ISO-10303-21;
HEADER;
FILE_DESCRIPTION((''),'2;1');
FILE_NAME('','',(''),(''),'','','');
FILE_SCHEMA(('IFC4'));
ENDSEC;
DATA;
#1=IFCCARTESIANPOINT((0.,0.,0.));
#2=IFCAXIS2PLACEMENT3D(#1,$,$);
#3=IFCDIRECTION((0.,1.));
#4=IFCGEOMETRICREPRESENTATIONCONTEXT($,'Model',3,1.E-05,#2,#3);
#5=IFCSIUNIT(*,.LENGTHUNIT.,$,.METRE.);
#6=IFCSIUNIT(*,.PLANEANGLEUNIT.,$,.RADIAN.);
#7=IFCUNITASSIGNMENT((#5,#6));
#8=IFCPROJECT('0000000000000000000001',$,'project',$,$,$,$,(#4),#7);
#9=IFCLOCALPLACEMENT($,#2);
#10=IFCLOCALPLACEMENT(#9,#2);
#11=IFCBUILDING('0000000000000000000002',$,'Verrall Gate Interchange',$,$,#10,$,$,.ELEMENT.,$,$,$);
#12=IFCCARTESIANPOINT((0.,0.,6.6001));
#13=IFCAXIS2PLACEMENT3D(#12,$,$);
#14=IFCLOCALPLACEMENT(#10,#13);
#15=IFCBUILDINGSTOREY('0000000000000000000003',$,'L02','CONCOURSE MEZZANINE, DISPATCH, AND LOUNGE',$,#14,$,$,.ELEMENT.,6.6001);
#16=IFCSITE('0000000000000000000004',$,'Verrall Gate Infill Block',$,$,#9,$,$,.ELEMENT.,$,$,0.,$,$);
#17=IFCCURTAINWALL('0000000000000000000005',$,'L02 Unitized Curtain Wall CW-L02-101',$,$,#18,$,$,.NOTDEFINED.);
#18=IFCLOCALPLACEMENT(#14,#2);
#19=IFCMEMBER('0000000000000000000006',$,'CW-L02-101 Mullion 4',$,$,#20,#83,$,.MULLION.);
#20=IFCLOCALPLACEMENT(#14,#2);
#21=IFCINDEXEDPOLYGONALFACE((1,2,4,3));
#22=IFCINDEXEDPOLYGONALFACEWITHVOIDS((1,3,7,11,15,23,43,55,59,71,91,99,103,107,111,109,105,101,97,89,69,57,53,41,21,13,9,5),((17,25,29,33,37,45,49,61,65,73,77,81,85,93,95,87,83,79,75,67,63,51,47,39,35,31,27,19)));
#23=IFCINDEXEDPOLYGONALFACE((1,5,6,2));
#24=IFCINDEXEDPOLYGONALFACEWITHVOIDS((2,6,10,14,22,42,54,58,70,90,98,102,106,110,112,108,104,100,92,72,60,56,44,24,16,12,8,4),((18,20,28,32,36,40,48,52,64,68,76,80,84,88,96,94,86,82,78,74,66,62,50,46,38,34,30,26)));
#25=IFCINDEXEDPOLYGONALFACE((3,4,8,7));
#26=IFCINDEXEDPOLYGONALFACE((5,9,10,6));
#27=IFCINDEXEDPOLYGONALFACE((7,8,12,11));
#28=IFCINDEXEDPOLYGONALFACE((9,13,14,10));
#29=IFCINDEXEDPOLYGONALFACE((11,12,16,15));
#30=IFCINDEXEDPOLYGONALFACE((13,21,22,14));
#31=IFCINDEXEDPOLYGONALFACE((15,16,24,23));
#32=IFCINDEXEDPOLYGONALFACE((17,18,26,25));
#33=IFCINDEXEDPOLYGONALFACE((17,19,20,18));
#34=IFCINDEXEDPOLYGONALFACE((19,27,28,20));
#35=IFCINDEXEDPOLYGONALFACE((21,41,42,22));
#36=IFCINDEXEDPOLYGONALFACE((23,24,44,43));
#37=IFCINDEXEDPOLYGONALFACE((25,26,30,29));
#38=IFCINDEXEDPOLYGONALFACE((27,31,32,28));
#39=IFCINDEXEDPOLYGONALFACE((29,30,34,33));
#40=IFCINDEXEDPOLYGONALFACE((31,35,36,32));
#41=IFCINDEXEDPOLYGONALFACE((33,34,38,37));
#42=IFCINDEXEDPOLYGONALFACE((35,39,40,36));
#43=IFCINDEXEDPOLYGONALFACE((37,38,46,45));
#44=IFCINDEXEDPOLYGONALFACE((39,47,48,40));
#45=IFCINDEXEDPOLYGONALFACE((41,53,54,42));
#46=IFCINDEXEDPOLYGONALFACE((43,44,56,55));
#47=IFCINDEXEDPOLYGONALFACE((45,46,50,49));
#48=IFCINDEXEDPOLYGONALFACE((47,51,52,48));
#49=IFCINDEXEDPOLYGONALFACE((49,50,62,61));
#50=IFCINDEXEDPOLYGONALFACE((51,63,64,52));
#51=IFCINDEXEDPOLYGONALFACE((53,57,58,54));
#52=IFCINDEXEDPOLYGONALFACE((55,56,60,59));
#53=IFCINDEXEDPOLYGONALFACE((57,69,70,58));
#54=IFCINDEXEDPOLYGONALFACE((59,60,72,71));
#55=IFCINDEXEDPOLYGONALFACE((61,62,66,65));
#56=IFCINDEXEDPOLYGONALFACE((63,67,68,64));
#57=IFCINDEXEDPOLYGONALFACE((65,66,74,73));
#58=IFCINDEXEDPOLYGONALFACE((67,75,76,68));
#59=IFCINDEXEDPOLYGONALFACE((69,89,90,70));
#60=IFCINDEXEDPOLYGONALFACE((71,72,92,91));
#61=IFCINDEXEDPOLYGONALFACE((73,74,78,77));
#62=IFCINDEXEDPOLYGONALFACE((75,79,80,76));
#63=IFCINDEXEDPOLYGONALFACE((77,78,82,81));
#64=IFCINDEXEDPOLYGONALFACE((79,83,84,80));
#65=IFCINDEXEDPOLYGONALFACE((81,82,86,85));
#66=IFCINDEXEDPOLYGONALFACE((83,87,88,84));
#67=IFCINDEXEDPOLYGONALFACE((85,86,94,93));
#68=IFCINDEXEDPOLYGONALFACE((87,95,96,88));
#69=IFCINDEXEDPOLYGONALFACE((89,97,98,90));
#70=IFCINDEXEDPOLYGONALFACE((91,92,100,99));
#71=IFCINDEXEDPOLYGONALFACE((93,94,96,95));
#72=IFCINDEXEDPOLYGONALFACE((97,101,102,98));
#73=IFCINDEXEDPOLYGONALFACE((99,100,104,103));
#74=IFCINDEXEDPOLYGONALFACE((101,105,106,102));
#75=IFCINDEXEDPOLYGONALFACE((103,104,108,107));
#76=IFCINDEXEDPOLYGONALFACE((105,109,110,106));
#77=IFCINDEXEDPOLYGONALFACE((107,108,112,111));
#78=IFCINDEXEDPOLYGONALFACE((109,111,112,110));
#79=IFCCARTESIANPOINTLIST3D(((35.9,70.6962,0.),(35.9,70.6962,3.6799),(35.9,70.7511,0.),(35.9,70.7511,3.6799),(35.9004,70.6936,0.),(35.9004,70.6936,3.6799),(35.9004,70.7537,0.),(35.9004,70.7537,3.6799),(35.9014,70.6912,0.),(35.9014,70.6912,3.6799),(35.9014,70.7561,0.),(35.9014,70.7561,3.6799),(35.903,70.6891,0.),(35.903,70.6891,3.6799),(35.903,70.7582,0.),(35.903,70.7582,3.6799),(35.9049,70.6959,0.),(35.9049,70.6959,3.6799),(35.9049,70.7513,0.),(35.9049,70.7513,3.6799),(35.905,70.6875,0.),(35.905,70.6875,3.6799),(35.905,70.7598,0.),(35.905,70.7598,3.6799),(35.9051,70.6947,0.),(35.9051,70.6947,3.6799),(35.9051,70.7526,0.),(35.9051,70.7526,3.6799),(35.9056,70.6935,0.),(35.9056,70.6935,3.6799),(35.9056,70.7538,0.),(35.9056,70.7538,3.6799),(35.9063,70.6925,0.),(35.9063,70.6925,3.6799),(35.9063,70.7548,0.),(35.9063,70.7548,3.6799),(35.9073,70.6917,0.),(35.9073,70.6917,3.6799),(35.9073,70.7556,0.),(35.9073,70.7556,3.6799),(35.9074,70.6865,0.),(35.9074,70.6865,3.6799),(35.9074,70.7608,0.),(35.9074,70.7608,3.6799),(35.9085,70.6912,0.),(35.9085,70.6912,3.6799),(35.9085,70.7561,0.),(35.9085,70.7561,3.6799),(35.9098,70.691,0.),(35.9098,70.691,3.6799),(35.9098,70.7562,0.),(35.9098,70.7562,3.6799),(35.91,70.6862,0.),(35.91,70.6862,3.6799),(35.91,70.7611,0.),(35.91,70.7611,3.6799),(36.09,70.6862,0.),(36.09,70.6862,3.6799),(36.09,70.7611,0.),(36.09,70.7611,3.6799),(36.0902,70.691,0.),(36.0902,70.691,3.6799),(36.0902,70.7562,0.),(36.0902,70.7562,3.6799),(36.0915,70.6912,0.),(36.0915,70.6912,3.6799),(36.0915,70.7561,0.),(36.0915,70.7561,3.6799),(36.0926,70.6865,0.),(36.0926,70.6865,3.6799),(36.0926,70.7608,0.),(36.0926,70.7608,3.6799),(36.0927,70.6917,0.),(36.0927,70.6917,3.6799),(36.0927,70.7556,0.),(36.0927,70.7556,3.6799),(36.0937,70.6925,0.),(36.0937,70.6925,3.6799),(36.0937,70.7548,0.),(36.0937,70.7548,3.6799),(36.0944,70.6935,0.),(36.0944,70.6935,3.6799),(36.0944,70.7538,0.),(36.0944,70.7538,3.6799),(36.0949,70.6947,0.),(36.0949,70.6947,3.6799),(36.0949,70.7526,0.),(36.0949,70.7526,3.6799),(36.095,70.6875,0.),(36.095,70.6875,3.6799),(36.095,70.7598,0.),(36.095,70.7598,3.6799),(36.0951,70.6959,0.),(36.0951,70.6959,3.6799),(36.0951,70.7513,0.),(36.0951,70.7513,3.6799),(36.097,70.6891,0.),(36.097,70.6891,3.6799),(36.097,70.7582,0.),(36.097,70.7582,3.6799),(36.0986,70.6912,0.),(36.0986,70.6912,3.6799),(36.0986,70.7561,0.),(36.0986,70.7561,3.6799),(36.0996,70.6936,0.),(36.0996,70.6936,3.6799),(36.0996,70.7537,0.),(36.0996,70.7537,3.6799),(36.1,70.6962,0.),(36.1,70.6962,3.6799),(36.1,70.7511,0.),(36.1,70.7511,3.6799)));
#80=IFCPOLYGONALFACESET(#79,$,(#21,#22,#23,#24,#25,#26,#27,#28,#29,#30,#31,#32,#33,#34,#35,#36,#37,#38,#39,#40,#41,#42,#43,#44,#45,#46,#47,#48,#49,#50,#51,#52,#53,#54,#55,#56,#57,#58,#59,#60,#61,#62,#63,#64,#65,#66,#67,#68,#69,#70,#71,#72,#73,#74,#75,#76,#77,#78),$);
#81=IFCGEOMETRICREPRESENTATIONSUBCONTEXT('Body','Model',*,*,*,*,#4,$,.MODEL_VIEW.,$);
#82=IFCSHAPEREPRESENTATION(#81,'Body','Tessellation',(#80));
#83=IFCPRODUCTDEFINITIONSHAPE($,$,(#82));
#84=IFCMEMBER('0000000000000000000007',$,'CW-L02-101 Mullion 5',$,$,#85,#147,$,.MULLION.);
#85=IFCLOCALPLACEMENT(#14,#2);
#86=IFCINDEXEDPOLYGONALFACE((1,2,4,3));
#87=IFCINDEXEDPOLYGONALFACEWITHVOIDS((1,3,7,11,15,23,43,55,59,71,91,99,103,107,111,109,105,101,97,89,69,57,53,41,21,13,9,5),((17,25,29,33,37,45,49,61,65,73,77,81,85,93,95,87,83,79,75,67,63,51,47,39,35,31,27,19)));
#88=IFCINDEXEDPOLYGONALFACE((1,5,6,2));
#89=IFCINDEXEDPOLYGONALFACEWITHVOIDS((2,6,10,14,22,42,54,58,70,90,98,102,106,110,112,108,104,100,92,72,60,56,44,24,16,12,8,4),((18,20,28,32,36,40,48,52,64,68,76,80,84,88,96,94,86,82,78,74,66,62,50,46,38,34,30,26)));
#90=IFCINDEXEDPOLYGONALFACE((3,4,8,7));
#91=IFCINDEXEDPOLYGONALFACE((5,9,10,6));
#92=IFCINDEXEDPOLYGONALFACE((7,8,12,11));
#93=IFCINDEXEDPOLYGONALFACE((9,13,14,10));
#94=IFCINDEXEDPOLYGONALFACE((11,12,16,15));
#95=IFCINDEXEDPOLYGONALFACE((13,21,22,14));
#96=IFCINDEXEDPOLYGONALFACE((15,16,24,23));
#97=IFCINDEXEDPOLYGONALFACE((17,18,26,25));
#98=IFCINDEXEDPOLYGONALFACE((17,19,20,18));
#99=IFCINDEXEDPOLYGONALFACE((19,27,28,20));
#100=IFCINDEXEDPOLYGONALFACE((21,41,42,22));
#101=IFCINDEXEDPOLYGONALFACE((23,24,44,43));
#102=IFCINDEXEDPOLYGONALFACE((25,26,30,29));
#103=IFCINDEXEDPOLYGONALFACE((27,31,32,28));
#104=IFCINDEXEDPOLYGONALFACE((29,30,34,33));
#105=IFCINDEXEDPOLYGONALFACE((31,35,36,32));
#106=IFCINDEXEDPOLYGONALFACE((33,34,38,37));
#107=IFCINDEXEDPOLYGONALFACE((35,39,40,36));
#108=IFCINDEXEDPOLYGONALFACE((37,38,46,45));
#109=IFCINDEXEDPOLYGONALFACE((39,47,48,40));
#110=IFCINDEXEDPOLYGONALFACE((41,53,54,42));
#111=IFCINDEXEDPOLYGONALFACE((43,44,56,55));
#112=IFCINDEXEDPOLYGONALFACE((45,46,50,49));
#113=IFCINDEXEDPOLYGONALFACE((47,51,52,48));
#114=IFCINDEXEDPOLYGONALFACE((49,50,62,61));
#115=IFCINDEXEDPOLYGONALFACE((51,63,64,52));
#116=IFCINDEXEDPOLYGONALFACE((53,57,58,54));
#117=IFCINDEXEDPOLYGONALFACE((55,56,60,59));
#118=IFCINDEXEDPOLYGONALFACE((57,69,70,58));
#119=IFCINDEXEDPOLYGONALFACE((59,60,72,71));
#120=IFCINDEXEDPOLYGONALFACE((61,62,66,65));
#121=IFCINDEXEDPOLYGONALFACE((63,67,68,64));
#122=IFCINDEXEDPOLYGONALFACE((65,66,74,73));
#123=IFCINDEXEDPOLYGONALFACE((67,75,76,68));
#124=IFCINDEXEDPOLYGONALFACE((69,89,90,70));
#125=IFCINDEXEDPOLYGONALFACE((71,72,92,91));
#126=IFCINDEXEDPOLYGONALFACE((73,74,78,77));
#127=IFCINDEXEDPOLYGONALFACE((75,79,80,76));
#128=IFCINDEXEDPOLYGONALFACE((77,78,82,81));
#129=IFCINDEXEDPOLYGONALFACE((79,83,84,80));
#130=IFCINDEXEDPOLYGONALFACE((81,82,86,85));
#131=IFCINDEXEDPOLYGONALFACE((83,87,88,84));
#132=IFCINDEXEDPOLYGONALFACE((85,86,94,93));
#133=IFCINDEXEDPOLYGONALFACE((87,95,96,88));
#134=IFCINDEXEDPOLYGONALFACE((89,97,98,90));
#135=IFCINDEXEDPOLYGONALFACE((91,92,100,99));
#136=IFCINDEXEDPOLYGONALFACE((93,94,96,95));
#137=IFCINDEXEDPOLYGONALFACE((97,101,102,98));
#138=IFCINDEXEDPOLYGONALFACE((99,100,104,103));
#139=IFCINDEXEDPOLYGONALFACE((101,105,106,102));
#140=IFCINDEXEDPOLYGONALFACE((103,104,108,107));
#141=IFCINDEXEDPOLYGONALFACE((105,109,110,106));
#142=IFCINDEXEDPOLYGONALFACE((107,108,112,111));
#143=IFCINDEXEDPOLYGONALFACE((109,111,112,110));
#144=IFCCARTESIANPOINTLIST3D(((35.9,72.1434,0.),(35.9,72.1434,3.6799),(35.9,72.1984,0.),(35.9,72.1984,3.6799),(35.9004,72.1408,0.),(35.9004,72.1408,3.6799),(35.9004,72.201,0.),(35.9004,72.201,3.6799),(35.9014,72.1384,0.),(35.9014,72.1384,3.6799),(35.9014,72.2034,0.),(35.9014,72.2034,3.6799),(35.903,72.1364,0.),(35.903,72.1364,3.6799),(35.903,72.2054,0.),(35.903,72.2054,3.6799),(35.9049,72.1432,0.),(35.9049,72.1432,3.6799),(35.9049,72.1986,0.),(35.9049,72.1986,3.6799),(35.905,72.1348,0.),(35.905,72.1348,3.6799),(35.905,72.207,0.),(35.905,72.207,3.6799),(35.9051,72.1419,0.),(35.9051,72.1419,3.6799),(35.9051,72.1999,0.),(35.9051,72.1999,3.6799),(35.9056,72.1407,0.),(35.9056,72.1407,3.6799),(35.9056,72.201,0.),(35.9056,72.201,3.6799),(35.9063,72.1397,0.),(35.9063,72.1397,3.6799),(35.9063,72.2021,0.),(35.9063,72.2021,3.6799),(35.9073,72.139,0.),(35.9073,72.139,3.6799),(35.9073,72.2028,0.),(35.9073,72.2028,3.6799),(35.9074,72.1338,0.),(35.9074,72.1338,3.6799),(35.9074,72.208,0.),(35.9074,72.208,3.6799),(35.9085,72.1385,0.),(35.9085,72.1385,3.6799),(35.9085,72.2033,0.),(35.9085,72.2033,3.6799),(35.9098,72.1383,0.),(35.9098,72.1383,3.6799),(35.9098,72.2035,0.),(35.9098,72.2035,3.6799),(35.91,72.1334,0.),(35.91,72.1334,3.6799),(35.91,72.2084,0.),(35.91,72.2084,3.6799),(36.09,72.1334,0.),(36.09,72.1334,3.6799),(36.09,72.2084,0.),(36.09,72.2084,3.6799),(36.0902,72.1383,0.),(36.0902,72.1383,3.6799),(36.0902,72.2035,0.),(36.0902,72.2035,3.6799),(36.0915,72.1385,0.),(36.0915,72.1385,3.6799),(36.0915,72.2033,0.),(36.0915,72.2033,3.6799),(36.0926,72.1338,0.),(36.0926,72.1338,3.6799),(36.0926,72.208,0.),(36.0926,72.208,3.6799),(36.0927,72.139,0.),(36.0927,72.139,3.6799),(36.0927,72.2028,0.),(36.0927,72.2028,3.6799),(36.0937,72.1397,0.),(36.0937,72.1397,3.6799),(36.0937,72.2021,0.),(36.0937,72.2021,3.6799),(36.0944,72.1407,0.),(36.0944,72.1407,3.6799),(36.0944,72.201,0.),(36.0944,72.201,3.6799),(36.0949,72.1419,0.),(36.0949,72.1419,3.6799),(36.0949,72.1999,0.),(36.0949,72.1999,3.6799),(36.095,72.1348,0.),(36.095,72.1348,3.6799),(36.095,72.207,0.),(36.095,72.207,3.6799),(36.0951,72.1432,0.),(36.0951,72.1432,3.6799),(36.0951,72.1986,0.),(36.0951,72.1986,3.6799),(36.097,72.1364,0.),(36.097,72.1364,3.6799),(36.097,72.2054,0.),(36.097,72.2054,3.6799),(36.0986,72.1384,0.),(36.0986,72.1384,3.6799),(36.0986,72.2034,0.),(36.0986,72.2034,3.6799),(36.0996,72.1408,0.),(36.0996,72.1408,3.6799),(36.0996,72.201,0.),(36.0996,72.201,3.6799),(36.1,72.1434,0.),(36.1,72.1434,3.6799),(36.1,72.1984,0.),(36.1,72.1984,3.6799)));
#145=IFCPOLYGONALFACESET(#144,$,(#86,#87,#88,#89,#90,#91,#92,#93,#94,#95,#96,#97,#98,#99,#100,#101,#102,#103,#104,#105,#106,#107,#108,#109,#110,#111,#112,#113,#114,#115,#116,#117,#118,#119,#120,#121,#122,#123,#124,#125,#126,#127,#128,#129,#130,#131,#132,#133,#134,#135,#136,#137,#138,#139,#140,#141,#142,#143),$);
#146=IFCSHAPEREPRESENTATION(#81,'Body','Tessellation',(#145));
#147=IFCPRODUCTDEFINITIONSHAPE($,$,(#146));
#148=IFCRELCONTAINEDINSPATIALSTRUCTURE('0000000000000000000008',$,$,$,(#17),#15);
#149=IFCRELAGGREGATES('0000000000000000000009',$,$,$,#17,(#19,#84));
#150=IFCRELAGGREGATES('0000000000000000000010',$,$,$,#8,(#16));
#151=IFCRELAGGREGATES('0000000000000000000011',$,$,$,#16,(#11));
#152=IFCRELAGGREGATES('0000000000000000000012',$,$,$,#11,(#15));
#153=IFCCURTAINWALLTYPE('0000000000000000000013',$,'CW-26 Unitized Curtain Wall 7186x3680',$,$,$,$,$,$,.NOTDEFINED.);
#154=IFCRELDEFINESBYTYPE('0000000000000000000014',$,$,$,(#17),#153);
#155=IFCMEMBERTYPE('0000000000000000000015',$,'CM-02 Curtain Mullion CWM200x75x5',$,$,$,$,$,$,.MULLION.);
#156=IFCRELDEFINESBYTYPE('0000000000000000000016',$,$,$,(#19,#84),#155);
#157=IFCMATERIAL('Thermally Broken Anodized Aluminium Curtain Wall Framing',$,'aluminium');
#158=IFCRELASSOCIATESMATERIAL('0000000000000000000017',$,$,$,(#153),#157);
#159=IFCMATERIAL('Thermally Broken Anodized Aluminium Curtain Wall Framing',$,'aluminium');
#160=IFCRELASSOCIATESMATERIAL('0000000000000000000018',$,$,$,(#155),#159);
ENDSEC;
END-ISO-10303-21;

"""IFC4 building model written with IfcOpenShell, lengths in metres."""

from ifc_helpers import new_model, si_unit, direction, frame, origin, origin_2d, place, context, subcontext, project, spatial, hollow_rectangle, extrude, material, material_profile, profile_set, type_object, element, aggregate, save


model = new_model("IFC4")

# Units and contexts
model_context = context("Model", 3, precision=1e-05, world=origin(), true_north=direction((0.0, 1.0)))
body_context = subcontext(model_context, "Body", "Model", "MODEL_VIEW")
ifc_project = project(units=[si_unit("LENGTHUNIT", "METRE"), si_unit("PLANEANGLEUNIT", "RADIAN")], contexts=[model_context])

# Site, building, storey
site_placement = place(None, origin())
site = spatial("IfcSite", under=ifc_project, at=site_placement, Name="Verrall Gate Infill Block", CompositionType="ELEMENT", RefElevation=0.0)
building_placement = place(site_placement, origin())
building = spatial("IfcBuilding", under=site, at=building_placement, Name="Verrall Gate Interchange", CompositionType="ELEMENT")
storey_placement = place(building_placement, frame((0.0, 0.0, 6.6001)))
storey = spatial("IfcBuildingStorey", under=building, at=storey_placement, Name="L02", Description="CONCOURSE MEZZANINE, DISPATCH, AND LOUNGE", CompositionType="ELEMENT", Elevation=6.6001)

# Curtain wall, members
ifc_material_1 = material(Name="Thermally Broken Anodized Aluminium Curtain Wall Framing", Category="aluminium")
curtain_wall_type = type_object("IfcCurtainWallType", Name="CW-26 Unitized Curtain Wall 7186x3680", PredefinedType="NOTDEFINED", material=ifc_material_1)
curtain_wall_placement = place(storey_placement, origin())
curtain_wall = element("IfcCurtainWall", 1, at=curtain_wall_placement, inside=storey, type_object=curtain_wall_type, Name="L02 Unitized Curtain Wall CW-L02-101", PredefinedType="NOTDEFINED")
ifc_material_2 = material(Name="Thermally Broken Anodized Aluminium Curtain Wall Framing", Category="aluminium")
ifc_material_profile_1 = material_profile(ifc_material_2, hollow_rectangle(XDim=0.075, YDim=0.2, WallThickness=0.0049, InnerFilletRadius=0.0049, OuterFilletRadius=0.01, at=origin_2d()), Name="CWM200x75x5")
ifc_profile_set_1 = profile_set([ifc_material_profile_1], Name="Thermally Broken Anodized Aluminium Curtain Wall Framing")
member_type_1 = type_object("IfcMemberType", Name="CM-02 Curtain Mullion CWM200x75x5", PredefinedType="MULLION", material=ifc_profile_set_1)
member_1_placement = place(storey_placement, frame((36.0, 70.7236, 0.0), z_axis=(0.0, 0.0, 1.0), x_axis=(0.0, 1.0, 0.0)))
member_1 = element("IfcMember", 2, at=member_1_placement, type_object=member_type_1, Name="CW-L02-101 Mullion 4", PredefinedType="MULLION", context=body_context, shape_type="SweptSolid", body=[
    extrude(hollow_rectangle(XDim=0.075, YDim=0.2, WallThickness=0.0049, InnerFilletRadius=0.0049, OuterFilletRadius=0.01, at=origin_2d()), origin(), (0.0, 0.0, 1.0), 3.6799),
])
member_2_placement = place(storey_placement, frame((36.0, 72.1709, 0.0), z_axis=(0.0, 0.0, 1.0), x_axis=(0.0, 1.0, 0.0)))
member_2 = element("IfcMember", 3, at=member_2_placement, type_object=member_type_1, Name="CW-L02-101 Mullion 5", PredefinedType="MULLION", context=body_context, shape_type="SweptSolid", body=[
    extrude(hollow_rectangle(XDim=0.075, YDim=0.2, WallThickness=0.0049, InnerFilletRadius=0.0049, OuterFilletRadius=0.01, at=origin_2d()), origin(), (0.0, 0.0, 1.0), 3.6799),
])

aggregate(curtain_wall, [member_1, member_2])

save(model, "model.ifc")
